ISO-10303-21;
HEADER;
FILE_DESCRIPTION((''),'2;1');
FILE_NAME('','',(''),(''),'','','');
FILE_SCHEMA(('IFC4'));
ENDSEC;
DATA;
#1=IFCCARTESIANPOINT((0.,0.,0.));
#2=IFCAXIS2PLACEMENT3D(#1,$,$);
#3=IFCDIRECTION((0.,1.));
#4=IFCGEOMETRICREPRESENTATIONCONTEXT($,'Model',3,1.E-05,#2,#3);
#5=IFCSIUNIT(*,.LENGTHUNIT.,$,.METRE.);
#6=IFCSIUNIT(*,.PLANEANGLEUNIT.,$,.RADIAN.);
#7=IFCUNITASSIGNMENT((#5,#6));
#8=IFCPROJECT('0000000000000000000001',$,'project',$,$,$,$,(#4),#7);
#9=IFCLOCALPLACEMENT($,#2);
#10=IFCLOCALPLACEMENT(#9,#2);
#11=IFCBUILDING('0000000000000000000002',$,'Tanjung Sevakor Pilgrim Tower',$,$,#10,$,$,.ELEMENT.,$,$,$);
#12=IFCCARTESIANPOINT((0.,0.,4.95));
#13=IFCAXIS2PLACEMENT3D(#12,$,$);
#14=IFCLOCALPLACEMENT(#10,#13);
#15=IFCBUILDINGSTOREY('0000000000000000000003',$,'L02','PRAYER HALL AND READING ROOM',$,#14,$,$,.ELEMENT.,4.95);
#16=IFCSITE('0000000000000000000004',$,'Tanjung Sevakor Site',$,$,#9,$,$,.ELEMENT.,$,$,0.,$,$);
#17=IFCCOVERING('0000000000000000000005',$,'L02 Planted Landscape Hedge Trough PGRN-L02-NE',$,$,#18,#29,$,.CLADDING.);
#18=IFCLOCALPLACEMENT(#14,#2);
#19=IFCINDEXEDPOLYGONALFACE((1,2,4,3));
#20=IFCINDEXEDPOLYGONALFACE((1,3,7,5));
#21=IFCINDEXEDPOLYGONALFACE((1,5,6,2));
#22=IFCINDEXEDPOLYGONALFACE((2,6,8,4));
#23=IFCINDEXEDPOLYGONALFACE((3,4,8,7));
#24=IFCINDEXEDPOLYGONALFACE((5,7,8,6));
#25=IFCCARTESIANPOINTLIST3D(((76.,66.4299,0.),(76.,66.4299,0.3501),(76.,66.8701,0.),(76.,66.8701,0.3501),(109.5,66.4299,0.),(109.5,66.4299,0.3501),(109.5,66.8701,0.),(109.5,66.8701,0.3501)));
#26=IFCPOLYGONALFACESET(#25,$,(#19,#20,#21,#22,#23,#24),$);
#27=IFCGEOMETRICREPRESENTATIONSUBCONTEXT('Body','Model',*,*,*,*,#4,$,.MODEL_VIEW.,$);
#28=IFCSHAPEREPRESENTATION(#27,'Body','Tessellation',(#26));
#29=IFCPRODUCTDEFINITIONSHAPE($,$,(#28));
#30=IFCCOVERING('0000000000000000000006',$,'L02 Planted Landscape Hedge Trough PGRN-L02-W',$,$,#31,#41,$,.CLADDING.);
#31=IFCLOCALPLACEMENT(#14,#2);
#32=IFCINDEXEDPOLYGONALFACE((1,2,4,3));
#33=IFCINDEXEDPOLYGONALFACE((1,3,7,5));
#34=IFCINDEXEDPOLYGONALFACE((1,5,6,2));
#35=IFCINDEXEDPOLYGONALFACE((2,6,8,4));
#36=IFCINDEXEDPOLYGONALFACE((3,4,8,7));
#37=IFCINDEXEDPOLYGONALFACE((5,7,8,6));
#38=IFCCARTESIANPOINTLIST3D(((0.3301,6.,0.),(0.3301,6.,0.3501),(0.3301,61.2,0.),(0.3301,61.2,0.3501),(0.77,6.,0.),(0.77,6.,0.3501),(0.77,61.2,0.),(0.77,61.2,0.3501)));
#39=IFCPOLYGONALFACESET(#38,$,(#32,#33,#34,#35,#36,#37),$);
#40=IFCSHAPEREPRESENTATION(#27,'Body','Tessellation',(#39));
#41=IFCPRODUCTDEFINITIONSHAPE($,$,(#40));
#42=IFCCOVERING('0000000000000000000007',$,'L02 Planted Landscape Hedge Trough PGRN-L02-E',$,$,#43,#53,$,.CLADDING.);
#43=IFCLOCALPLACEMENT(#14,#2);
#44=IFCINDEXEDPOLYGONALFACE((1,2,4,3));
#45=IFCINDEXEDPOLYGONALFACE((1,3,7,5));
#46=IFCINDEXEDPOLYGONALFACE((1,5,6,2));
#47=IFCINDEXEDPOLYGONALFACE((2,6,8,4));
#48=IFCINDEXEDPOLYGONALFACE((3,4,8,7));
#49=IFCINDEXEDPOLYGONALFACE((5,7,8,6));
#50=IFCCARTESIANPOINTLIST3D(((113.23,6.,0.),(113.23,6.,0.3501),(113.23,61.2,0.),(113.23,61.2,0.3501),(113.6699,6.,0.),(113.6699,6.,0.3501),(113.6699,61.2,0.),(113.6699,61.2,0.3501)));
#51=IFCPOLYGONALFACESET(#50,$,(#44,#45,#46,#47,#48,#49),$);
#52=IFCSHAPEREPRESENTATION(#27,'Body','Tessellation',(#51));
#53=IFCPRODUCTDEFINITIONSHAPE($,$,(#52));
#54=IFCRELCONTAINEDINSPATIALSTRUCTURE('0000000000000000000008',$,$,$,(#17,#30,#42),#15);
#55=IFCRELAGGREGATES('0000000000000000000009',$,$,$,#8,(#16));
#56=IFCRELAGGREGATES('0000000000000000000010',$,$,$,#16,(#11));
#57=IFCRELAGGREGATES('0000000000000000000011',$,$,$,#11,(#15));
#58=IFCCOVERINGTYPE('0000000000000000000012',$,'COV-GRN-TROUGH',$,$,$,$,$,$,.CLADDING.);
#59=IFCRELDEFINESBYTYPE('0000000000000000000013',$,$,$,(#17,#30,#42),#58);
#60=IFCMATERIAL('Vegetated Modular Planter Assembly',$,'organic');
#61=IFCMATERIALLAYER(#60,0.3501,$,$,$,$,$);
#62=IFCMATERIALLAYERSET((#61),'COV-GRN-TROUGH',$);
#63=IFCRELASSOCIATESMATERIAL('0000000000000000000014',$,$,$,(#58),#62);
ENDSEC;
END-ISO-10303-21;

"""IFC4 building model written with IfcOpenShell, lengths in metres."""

from ifc_helpers import new_model, si_unit, direction, frame, origin, place, context, subcontext, project, spatial, polyline, outline, extrude, material, layer, layer_set, type_object, element, save


model = new_model("IFC4")

# Units and contexts
model_context = context("Model", 3, precision=1e-05, world=origin(), true_north=direction((0.0, 1.0)))
body_context = subcontext(model_context, "Body", "Model", "MODEL_VIEW")
ifc_project = project(units=[si_unit("LENGTHUNIT", "METRE"), si_unit("PLANEANGLEUNIT", "RADIAN")], contexts=[model_context])

# Site, building, storey
site_placement = place(None, origin())
site = spatial("IfcSite", under=ifc_project, at=site_placement, Name="Tanjung Sevakor Site", CompositionType="ELEMENT", RefElevation=0.0)
building_placement = place(site_placement, origin())
building = spatial("IfcBuilding", under=site, at=building_placement, Name="Tanjung Sevakor Pilgrim Tower", CompositionType="ELEMENT")
storey_placement = place(building_placement, frame((0.0, 0.0, 4.95)))
storey = spatial("IfcBuildingStorey", under=building, at=storey_placement, Name="L02", Description="PRAYER HALL AND READING ROOM", CompositionType="ELEMENT", Elevation=4.95)

# Coverings
ifc_material_1 = material(Name="Vegetated Modular Planter Assembly", Category="organic")
ifc_layer_1 = layer(ifc_material_1, 0.3501)
ifc_layer_set_1 = layer_set([ifc_layer_1], Name="COV-GRN-TROUGH")
covering_type = type_object("IfcCoveringType", Name="COV-GRN-TROUGH", PredefinedType="CLADDING", material=ifc_layer_set_1)
covering_1_placement = place(storey_placement, origin())
element("IfcCovering", 1, at=covering_1_placement, inside=storey, type_object=covering_type, Name="L02 Planted Landscape Hedge Trough PGRN-L02-NE", PredefinedType="CLADDING", context=body_context, shape_type="SweptSolid", body=[
    extrude(outline(polyline([(76.0, 66.4299), (109.5, 66.4299), (109.5, 66.8701), (76.0, 66.8701), (76.0, 66.4299)])), origin(), (0.0, 0.0, 1.0), 0.3501),
])
covering_2_placement = place(storey_placement, origin())
element("IfcCovering", 2, at=covering_2_placement, inside=storey, type_object=covering_type, Name="L02 Planted Landscape Hedge Trough PGRN-L02-W", PredefinedType="CLADDING", context=body_context, shape_type="SweptSolid", body=[
    extrude(outline(polyline([(0.77, 6.0), (0.77, 61.2), (0.3301, 61.2), (0.3301, 6.0), (0.77, 6.0)])), origin(), (0.0, 0.0, 1.0), 0.3501),
])
covering_3_placement = place(storey_placement, origin())
element("IfcCovering", 3, at=covering_3_placement, inside=storey, type_object=covering_type, Name="L02 Planted Landscape Hedge Trough PGRN-L02-E", PredefinedType="CLADDING", context=body_context, shape_type="SweptSolid", body=[
    extrude(outline(polyline([(113.6699, 6.0), (113.6699, 61.2), (113.23, 61.2), (113.23, 6.0), (113.6699, 6.0)])), origin(), (0.0, 0.0, 1.0), 0.3501),
])

save(model, "model.ifc")
